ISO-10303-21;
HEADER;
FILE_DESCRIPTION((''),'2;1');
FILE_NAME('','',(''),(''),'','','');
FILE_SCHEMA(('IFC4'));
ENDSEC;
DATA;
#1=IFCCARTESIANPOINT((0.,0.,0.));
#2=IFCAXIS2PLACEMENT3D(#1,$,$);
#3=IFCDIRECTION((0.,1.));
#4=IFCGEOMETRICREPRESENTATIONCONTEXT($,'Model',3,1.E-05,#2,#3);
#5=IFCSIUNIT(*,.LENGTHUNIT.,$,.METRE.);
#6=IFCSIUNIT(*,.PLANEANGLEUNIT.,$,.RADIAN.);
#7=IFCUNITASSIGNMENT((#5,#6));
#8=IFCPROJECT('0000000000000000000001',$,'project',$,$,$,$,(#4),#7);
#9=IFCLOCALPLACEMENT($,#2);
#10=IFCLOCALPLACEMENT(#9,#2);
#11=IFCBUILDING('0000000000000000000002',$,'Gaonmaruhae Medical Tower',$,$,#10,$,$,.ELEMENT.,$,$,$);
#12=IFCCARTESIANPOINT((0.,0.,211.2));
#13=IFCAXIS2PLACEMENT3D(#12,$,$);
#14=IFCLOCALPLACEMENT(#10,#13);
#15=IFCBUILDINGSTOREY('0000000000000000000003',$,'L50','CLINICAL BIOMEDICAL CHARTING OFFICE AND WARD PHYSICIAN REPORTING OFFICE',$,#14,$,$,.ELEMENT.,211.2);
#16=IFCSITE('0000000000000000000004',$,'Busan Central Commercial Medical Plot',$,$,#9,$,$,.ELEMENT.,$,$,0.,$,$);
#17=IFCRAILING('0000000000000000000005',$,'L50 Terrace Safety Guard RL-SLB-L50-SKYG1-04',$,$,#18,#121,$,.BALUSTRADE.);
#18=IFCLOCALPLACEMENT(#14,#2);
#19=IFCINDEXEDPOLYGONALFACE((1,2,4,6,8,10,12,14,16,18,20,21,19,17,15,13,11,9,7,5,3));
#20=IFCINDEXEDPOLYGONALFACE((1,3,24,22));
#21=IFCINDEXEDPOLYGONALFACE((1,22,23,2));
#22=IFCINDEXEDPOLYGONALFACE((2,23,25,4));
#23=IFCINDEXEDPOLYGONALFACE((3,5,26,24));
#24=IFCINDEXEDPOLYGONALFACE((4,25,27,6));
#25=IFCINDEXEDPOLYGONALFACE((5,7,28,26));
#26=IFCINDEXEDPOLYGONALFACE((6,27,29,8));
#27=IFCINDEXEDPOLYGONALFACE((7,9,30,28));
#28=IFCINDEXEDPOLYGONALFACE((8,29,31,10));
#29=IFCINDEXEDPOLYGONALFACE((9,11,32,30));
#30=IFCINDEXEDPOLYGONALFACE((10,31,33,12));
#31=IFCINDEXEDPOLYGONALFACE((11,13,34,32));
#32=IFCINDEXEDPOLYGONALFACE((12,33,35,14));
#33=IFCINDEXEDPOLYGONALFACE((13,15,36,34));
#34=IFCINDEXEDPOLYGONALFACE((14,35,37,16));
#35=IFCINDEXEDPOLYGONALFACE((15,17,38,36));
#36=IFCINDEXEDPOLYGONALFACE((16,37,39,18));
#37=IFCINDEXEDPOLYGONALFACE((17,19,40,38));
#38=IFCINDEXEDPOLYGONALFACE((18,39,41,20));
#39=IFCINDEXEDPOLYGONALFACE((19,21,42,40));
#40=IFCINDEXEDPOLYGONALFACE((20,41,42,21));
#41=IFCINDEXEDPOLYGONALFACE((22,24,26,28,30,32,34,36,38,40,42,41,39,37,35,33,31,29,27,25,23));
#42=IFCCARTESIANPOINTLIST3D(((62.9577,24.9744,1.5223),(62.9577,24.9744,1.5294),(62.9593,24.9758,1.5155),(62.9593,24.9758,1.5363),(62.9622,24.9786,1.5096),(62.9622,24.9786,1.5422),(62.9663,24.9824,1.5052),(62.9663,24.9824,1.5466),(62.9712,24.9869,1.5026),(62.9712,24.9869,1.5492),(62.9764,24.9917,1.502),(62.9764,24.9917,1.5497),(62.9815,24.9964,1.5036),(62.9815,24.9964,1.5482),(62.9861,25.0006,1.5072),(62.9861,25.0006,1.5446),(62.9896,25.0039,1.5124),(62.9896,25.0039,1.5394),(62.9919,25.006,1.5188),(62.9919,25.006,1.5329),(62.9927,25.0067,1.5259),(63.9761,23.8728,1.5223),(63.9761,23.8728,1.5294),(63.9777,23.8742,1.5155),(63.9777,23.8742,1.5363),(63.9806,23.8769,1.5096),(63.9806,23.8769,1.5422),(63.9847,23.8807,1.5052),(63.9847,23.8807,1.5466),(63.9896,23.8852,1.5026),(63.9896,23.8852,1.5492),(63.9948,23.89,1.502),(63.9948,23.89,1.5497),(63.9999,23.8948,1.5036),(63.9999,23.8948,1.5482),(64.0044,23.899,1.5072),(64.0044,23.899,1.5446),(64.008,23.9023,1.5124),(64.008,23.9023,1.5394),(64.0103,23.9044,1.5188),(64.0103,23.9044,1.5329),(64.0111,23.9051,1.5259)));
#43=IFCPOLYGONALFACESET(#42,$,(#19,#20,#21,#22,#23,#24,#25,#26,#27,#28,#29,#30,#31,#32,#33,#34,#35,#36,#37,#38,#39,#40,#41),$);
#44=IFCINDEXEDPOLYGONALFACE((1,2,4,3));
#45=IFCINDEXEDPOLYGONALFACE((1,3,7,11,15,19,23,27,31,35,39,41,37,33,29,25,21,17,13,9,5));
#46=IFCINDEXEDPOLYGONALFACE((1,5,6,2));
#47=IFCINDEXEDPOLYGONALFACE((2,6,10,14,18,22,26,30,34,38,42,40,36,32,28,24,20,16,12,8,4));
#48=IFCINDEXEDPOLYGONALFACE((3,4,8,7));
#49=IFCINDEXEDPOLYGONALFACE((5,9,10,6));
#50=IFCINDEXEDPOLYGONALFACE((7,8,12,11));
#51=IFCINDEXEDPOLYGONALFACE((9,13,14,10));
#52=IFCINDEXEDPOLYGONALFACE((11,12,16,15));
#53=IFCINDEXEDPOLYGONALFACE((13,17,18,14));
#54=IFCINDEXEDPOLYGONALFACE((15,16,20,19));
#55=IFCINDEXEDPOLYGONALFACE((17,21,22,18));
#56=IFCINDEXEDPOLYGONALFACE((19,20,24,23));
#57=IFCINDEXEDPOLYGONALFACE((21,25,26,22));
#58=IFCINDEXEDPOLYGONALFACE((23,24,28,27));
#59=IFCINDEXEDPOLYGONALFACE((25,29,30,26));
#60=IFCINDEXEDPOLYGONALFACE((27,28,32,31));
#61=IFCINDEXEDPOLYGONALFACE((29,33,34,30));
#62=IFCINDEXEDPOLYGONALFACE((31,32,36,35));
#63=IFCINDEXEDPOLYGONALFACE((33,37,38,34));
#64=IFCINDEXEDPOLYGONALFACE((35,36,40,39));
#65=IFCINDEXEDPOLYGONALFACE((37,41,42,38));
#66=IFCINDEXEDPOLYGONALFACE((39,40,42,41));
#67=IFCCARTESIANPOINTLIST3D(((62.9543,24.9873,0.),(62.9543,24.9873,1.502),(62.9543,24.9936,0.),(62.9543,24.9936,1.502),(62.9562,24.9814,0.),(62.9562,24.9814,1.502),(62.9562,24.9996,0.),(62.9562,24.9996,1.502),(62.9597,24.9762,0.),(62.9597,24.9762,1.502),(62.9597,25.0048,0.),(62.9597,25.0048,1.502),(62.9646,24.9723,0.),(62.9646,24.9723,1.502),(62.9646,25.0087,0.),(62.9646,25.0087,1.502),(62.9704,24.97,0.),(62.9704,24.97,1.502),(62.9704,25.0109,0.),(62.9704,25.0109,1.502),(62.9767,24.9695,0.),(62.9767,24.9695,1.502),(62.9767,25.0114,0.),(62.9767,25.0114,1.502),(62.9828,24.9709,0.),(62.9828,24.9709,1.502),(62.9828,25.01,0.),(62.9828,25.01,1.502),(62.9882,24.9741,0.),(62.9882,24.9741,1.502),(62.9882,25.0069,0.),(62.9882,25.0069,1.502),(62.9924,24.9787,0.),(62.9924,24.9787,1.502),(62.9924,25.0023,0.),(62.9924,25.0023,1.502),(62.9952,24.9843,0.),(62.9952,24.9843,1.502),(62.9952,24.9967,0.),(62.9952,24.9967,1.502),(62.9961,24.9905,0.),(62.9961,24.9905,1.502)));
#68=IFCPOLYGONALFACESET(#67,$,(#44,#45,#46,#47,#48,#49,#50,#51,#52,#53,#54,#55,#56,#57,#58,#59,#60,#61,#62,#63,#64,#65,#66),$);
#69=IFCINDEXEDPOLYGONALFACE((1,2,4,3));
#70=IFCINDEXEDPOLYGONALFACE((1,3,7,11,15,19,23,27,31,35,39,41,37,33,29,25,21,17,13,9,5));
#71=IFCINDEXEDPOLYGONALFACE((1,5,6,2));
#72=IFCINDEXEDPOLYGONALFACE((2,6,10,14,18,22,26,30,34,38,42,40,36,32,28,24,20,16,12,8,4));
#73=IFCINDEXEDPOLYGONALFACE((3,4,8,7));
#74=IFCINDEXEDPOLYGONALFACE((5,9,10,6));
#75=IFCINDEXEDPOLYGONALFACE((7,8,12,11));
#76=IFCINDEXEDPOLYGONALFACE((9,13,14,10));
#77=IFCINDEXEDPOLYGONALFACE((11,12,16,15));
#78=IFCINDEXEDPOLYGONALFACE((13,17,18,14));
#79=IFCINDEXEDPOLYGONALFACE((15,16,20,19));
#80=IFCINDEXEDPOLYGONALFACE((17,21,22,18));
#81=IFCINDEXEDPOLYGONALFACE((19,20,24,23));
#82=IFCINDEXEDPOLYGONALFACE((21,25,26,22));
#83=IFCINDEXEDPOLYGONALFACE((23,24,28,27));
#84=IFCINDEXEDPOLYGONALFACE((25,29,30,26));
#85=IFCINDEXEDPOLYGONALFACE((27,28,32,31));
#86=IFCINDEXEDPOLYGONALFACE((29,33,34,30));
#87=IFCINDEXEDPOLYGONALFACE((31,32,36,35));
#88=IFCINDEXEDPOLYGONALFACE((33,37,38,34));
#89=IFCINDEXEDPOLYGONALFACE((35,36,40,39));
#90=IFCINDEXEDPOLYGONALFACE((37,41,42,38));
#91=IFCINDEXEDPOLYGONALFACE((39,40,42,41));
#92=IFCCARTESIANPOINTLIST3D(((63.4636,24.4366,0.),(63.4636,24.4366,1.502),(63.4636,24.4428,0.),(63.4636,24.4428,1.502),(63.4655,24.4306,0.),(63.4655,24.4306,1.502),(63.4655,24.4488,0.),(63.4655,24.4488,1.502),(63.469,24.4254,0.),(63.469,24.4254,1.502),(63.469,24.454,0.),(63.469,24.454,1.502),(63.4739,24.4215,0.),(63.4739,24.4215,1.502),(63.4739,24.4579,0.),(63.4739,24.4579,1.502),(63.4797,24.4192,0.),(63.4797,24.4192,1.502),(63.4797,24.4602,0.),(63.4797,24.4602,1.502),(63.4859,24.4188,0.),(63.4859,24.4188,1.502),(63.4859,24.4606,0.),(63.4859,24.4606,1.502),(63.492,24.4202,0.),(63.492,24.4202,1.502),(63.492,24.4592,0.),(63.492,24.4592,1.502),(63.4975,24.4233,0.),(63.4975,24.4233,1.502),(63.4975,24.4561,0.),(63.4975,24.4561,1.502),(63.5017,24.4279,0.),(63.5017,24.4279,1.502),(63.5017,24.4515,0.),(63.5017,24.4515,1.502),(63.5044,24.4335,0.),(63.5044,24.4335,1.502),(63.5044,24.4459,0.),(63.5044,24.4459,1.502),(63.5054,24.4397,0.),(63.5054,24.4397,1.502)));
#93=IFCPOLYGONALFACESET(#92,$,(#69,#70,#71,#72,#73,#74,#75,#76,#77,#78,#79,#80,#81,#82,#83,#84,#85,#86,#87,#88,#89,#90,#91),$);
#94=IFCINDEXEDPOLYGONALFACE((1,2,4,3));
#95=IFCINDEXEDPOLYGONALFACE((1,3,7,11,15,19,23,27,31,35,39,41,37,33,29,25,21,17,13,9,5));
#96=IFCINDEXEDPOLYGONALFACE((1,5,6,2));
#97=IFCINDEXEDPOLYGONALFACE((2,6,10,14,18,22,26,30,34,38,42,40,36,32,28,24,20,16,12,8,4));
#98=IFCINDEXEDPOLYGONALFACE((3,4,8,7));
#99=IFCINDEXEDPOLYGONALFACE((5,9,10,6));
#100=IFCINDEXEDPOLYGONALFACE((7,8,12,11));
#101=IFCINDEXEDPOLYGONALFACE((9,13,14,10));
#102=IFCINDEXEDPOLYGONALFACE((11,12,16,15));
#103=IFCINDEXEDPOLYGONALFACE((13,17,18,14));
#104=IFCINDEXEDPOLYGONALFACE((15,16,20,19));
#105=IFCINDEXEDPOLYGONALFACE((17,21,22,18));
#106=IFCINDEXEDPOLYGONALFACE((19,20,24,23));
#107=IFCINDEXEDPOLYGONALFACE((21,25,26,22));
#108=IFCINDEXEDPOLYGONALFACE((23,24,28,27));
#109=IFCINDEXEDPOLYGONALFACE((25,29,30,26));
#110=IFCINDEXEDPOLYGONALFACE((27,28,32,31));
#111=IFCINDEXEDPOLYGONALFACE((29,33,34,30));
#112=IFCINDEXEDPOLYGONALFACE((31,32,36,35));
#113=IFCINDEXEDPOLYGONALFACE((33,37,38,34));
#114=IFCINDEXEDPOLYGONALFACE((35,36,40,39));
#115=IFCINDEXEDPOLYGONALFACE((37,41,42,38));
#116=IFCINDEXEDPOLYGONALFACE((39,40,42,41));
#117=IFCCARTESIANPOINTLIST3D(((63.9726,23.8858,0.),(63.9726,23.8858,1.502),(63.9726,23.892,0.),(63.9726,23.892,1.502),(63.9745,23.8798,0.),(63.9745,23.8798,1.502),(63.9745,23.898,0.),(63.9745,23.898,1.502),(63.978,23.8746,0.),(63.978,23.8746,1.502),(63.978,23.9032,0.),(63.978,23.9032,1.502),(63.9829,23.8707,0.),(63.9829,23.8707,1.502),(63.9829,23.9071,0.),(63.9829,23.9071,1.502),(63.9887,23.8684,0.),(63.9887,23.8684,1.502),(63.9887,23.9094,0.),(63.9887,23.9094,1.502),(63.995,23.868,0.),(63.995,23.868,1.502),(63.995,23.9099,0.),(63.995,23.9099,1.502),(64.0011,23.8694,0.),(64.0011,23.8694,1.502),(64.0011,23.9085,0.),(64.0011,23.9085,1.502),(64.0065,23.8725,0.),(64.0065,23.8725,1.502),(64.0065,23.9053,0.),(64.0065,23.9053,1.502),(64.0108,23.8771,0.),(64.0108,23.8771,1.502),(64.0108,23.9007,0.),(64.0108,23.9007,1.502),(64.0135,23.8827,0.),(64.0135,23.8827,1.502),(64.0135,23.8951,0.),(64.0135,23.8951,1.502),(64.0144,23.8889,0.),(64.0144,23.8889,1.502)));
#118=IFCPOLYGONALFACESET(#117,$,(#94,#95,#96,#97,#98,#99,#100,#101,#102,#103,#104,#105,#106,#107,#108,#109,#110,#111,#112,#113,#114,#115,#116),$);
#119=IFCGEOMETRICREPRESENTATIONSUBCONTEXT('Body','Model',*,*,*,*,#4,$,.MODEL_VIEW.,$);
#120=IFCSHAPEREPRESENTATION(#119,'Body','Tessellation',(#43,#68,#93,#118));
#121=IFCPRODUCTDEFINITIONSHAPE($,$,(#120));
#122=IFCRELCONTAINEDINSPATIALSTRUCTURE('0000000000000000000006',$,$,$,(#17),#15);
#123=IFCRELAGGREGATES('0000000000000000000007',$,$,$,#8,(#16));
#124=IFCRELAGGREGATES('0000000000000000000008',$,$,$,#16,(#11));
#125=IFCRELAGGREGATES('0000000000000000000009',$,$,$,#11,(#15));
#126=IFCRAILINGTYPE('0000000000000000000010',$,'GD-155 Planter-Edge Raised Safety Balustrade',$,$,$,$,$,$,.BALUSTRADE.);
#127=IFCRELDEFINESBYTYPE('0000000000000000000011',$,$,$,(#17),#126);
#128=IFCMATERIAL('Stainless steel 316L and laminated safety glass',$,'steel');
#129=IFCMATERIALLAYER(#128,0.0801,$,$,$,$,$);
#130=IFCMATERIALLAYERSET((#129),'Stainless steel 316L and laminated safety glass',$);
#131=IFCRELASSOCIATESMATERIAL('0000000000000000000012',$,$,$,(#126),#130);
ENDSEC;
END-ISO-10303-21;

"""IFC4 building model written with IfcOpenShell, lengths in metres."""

from ifc_helpers import new_model, si_unit, direction, frame, origin, origin_2d, place, context, subcontext, project, spatial, circle, extrude, material, layer, layer_set, type_object, element, save


model = new_model("IFC4")

# Units and contexts
model_context = context("Model", 3, precision=1e-05, world=origin(), true_north=direction((0.0, 1.0)))
body_context = subcontext(model_context, "Body", "Model", "MODEL_VIEW")
ifc_project = project(units=[si_unit("LENGTHUNIT", "METRE"), si_unit("PLANEANGLEUNIT", "RADIAN")], contexts=[model_context])

# Site, building, storey
site_placement = place(None, origin())
site = spatial("IfcSite", under=ifc_project, at=site_placement, Name="Busan Central Commercial Medical Plot", CompositionType="ELEMENT", RefElevation=0.0)
building_placement = place(site_placement, origin())
building = spatial("IfcBuilding", under=site, at=building_placement, Name="Gaonmaruhae Medical Tower", CompositionType="ELEMENT")
storey_placement = place(building_placement, frame((0.0, 0.0, 211.2)))
storey = spatial("IfcBuildingStorey", under=building, at=storey_placement, Name="L50", Description="CLINICAL BIOMEDICAL CHARTING OFFICE AND WARD PHYSICIAN REPORTING OFFICE", CompositionType="ELEMENT", Elevation=211.2)

# Railing
ifc_material_1 = material(Name="Stainless steel 316L and laminated safety glass", Category="steel")
ifc_layer_1 = layer(ifc_material_1, 0.0801)
ifc_layer_set_1 = layer_set([ifc_layer_1], Name="Stainless steel 316L and laminated safety glass")
railing_type = type_object("IfcRailingType", Name="GD-155 Planter-Edge Raised Safety Balustrade", PredefinedType="BALUSTRADE", material=ifc_layer_set_1)
railing_1_placement = place(storey_placement, frame((62.9751, 24.9905, 0.0)))
element("IfcRailing", 1, at=railing_1_placement, inside=storey, type_object=railing_type, Name="L50 Terrace Safety Guard RL-SLB-L50-SKYG1-04", PredefinedType="BALUSTRADE", context=body_context, shape_type="SweptSolid", body=[
    extrude(circle(Radius=0.0239, at=origin_2d()), frame((0.0, 0.0, 1.5259), z_axis=(0.678814, -0.73431, 0.0), x_axis=(0.73431, 0.678814, 0.0)), (0.0, 0.0, 1.0), 1.5002),
    extrude(circle(Radius=0.021, at=origin_2d()), origin(), (0.0, 0.0, 1.0), 1.502),
    extrude(circle(Radius=0.021, at=origin_2d()), frame((0.5093, -0.5508, 0.0)), (0.0, 0.0, 1.0), 1.502),
    extrude(circle(Radius=0.021, at=origin_2d()), frame((1.0183, -1.1016, 0.0)), (0.0, 0.0, 1.0), 1.502),
])

save(model, "model.ifc")
